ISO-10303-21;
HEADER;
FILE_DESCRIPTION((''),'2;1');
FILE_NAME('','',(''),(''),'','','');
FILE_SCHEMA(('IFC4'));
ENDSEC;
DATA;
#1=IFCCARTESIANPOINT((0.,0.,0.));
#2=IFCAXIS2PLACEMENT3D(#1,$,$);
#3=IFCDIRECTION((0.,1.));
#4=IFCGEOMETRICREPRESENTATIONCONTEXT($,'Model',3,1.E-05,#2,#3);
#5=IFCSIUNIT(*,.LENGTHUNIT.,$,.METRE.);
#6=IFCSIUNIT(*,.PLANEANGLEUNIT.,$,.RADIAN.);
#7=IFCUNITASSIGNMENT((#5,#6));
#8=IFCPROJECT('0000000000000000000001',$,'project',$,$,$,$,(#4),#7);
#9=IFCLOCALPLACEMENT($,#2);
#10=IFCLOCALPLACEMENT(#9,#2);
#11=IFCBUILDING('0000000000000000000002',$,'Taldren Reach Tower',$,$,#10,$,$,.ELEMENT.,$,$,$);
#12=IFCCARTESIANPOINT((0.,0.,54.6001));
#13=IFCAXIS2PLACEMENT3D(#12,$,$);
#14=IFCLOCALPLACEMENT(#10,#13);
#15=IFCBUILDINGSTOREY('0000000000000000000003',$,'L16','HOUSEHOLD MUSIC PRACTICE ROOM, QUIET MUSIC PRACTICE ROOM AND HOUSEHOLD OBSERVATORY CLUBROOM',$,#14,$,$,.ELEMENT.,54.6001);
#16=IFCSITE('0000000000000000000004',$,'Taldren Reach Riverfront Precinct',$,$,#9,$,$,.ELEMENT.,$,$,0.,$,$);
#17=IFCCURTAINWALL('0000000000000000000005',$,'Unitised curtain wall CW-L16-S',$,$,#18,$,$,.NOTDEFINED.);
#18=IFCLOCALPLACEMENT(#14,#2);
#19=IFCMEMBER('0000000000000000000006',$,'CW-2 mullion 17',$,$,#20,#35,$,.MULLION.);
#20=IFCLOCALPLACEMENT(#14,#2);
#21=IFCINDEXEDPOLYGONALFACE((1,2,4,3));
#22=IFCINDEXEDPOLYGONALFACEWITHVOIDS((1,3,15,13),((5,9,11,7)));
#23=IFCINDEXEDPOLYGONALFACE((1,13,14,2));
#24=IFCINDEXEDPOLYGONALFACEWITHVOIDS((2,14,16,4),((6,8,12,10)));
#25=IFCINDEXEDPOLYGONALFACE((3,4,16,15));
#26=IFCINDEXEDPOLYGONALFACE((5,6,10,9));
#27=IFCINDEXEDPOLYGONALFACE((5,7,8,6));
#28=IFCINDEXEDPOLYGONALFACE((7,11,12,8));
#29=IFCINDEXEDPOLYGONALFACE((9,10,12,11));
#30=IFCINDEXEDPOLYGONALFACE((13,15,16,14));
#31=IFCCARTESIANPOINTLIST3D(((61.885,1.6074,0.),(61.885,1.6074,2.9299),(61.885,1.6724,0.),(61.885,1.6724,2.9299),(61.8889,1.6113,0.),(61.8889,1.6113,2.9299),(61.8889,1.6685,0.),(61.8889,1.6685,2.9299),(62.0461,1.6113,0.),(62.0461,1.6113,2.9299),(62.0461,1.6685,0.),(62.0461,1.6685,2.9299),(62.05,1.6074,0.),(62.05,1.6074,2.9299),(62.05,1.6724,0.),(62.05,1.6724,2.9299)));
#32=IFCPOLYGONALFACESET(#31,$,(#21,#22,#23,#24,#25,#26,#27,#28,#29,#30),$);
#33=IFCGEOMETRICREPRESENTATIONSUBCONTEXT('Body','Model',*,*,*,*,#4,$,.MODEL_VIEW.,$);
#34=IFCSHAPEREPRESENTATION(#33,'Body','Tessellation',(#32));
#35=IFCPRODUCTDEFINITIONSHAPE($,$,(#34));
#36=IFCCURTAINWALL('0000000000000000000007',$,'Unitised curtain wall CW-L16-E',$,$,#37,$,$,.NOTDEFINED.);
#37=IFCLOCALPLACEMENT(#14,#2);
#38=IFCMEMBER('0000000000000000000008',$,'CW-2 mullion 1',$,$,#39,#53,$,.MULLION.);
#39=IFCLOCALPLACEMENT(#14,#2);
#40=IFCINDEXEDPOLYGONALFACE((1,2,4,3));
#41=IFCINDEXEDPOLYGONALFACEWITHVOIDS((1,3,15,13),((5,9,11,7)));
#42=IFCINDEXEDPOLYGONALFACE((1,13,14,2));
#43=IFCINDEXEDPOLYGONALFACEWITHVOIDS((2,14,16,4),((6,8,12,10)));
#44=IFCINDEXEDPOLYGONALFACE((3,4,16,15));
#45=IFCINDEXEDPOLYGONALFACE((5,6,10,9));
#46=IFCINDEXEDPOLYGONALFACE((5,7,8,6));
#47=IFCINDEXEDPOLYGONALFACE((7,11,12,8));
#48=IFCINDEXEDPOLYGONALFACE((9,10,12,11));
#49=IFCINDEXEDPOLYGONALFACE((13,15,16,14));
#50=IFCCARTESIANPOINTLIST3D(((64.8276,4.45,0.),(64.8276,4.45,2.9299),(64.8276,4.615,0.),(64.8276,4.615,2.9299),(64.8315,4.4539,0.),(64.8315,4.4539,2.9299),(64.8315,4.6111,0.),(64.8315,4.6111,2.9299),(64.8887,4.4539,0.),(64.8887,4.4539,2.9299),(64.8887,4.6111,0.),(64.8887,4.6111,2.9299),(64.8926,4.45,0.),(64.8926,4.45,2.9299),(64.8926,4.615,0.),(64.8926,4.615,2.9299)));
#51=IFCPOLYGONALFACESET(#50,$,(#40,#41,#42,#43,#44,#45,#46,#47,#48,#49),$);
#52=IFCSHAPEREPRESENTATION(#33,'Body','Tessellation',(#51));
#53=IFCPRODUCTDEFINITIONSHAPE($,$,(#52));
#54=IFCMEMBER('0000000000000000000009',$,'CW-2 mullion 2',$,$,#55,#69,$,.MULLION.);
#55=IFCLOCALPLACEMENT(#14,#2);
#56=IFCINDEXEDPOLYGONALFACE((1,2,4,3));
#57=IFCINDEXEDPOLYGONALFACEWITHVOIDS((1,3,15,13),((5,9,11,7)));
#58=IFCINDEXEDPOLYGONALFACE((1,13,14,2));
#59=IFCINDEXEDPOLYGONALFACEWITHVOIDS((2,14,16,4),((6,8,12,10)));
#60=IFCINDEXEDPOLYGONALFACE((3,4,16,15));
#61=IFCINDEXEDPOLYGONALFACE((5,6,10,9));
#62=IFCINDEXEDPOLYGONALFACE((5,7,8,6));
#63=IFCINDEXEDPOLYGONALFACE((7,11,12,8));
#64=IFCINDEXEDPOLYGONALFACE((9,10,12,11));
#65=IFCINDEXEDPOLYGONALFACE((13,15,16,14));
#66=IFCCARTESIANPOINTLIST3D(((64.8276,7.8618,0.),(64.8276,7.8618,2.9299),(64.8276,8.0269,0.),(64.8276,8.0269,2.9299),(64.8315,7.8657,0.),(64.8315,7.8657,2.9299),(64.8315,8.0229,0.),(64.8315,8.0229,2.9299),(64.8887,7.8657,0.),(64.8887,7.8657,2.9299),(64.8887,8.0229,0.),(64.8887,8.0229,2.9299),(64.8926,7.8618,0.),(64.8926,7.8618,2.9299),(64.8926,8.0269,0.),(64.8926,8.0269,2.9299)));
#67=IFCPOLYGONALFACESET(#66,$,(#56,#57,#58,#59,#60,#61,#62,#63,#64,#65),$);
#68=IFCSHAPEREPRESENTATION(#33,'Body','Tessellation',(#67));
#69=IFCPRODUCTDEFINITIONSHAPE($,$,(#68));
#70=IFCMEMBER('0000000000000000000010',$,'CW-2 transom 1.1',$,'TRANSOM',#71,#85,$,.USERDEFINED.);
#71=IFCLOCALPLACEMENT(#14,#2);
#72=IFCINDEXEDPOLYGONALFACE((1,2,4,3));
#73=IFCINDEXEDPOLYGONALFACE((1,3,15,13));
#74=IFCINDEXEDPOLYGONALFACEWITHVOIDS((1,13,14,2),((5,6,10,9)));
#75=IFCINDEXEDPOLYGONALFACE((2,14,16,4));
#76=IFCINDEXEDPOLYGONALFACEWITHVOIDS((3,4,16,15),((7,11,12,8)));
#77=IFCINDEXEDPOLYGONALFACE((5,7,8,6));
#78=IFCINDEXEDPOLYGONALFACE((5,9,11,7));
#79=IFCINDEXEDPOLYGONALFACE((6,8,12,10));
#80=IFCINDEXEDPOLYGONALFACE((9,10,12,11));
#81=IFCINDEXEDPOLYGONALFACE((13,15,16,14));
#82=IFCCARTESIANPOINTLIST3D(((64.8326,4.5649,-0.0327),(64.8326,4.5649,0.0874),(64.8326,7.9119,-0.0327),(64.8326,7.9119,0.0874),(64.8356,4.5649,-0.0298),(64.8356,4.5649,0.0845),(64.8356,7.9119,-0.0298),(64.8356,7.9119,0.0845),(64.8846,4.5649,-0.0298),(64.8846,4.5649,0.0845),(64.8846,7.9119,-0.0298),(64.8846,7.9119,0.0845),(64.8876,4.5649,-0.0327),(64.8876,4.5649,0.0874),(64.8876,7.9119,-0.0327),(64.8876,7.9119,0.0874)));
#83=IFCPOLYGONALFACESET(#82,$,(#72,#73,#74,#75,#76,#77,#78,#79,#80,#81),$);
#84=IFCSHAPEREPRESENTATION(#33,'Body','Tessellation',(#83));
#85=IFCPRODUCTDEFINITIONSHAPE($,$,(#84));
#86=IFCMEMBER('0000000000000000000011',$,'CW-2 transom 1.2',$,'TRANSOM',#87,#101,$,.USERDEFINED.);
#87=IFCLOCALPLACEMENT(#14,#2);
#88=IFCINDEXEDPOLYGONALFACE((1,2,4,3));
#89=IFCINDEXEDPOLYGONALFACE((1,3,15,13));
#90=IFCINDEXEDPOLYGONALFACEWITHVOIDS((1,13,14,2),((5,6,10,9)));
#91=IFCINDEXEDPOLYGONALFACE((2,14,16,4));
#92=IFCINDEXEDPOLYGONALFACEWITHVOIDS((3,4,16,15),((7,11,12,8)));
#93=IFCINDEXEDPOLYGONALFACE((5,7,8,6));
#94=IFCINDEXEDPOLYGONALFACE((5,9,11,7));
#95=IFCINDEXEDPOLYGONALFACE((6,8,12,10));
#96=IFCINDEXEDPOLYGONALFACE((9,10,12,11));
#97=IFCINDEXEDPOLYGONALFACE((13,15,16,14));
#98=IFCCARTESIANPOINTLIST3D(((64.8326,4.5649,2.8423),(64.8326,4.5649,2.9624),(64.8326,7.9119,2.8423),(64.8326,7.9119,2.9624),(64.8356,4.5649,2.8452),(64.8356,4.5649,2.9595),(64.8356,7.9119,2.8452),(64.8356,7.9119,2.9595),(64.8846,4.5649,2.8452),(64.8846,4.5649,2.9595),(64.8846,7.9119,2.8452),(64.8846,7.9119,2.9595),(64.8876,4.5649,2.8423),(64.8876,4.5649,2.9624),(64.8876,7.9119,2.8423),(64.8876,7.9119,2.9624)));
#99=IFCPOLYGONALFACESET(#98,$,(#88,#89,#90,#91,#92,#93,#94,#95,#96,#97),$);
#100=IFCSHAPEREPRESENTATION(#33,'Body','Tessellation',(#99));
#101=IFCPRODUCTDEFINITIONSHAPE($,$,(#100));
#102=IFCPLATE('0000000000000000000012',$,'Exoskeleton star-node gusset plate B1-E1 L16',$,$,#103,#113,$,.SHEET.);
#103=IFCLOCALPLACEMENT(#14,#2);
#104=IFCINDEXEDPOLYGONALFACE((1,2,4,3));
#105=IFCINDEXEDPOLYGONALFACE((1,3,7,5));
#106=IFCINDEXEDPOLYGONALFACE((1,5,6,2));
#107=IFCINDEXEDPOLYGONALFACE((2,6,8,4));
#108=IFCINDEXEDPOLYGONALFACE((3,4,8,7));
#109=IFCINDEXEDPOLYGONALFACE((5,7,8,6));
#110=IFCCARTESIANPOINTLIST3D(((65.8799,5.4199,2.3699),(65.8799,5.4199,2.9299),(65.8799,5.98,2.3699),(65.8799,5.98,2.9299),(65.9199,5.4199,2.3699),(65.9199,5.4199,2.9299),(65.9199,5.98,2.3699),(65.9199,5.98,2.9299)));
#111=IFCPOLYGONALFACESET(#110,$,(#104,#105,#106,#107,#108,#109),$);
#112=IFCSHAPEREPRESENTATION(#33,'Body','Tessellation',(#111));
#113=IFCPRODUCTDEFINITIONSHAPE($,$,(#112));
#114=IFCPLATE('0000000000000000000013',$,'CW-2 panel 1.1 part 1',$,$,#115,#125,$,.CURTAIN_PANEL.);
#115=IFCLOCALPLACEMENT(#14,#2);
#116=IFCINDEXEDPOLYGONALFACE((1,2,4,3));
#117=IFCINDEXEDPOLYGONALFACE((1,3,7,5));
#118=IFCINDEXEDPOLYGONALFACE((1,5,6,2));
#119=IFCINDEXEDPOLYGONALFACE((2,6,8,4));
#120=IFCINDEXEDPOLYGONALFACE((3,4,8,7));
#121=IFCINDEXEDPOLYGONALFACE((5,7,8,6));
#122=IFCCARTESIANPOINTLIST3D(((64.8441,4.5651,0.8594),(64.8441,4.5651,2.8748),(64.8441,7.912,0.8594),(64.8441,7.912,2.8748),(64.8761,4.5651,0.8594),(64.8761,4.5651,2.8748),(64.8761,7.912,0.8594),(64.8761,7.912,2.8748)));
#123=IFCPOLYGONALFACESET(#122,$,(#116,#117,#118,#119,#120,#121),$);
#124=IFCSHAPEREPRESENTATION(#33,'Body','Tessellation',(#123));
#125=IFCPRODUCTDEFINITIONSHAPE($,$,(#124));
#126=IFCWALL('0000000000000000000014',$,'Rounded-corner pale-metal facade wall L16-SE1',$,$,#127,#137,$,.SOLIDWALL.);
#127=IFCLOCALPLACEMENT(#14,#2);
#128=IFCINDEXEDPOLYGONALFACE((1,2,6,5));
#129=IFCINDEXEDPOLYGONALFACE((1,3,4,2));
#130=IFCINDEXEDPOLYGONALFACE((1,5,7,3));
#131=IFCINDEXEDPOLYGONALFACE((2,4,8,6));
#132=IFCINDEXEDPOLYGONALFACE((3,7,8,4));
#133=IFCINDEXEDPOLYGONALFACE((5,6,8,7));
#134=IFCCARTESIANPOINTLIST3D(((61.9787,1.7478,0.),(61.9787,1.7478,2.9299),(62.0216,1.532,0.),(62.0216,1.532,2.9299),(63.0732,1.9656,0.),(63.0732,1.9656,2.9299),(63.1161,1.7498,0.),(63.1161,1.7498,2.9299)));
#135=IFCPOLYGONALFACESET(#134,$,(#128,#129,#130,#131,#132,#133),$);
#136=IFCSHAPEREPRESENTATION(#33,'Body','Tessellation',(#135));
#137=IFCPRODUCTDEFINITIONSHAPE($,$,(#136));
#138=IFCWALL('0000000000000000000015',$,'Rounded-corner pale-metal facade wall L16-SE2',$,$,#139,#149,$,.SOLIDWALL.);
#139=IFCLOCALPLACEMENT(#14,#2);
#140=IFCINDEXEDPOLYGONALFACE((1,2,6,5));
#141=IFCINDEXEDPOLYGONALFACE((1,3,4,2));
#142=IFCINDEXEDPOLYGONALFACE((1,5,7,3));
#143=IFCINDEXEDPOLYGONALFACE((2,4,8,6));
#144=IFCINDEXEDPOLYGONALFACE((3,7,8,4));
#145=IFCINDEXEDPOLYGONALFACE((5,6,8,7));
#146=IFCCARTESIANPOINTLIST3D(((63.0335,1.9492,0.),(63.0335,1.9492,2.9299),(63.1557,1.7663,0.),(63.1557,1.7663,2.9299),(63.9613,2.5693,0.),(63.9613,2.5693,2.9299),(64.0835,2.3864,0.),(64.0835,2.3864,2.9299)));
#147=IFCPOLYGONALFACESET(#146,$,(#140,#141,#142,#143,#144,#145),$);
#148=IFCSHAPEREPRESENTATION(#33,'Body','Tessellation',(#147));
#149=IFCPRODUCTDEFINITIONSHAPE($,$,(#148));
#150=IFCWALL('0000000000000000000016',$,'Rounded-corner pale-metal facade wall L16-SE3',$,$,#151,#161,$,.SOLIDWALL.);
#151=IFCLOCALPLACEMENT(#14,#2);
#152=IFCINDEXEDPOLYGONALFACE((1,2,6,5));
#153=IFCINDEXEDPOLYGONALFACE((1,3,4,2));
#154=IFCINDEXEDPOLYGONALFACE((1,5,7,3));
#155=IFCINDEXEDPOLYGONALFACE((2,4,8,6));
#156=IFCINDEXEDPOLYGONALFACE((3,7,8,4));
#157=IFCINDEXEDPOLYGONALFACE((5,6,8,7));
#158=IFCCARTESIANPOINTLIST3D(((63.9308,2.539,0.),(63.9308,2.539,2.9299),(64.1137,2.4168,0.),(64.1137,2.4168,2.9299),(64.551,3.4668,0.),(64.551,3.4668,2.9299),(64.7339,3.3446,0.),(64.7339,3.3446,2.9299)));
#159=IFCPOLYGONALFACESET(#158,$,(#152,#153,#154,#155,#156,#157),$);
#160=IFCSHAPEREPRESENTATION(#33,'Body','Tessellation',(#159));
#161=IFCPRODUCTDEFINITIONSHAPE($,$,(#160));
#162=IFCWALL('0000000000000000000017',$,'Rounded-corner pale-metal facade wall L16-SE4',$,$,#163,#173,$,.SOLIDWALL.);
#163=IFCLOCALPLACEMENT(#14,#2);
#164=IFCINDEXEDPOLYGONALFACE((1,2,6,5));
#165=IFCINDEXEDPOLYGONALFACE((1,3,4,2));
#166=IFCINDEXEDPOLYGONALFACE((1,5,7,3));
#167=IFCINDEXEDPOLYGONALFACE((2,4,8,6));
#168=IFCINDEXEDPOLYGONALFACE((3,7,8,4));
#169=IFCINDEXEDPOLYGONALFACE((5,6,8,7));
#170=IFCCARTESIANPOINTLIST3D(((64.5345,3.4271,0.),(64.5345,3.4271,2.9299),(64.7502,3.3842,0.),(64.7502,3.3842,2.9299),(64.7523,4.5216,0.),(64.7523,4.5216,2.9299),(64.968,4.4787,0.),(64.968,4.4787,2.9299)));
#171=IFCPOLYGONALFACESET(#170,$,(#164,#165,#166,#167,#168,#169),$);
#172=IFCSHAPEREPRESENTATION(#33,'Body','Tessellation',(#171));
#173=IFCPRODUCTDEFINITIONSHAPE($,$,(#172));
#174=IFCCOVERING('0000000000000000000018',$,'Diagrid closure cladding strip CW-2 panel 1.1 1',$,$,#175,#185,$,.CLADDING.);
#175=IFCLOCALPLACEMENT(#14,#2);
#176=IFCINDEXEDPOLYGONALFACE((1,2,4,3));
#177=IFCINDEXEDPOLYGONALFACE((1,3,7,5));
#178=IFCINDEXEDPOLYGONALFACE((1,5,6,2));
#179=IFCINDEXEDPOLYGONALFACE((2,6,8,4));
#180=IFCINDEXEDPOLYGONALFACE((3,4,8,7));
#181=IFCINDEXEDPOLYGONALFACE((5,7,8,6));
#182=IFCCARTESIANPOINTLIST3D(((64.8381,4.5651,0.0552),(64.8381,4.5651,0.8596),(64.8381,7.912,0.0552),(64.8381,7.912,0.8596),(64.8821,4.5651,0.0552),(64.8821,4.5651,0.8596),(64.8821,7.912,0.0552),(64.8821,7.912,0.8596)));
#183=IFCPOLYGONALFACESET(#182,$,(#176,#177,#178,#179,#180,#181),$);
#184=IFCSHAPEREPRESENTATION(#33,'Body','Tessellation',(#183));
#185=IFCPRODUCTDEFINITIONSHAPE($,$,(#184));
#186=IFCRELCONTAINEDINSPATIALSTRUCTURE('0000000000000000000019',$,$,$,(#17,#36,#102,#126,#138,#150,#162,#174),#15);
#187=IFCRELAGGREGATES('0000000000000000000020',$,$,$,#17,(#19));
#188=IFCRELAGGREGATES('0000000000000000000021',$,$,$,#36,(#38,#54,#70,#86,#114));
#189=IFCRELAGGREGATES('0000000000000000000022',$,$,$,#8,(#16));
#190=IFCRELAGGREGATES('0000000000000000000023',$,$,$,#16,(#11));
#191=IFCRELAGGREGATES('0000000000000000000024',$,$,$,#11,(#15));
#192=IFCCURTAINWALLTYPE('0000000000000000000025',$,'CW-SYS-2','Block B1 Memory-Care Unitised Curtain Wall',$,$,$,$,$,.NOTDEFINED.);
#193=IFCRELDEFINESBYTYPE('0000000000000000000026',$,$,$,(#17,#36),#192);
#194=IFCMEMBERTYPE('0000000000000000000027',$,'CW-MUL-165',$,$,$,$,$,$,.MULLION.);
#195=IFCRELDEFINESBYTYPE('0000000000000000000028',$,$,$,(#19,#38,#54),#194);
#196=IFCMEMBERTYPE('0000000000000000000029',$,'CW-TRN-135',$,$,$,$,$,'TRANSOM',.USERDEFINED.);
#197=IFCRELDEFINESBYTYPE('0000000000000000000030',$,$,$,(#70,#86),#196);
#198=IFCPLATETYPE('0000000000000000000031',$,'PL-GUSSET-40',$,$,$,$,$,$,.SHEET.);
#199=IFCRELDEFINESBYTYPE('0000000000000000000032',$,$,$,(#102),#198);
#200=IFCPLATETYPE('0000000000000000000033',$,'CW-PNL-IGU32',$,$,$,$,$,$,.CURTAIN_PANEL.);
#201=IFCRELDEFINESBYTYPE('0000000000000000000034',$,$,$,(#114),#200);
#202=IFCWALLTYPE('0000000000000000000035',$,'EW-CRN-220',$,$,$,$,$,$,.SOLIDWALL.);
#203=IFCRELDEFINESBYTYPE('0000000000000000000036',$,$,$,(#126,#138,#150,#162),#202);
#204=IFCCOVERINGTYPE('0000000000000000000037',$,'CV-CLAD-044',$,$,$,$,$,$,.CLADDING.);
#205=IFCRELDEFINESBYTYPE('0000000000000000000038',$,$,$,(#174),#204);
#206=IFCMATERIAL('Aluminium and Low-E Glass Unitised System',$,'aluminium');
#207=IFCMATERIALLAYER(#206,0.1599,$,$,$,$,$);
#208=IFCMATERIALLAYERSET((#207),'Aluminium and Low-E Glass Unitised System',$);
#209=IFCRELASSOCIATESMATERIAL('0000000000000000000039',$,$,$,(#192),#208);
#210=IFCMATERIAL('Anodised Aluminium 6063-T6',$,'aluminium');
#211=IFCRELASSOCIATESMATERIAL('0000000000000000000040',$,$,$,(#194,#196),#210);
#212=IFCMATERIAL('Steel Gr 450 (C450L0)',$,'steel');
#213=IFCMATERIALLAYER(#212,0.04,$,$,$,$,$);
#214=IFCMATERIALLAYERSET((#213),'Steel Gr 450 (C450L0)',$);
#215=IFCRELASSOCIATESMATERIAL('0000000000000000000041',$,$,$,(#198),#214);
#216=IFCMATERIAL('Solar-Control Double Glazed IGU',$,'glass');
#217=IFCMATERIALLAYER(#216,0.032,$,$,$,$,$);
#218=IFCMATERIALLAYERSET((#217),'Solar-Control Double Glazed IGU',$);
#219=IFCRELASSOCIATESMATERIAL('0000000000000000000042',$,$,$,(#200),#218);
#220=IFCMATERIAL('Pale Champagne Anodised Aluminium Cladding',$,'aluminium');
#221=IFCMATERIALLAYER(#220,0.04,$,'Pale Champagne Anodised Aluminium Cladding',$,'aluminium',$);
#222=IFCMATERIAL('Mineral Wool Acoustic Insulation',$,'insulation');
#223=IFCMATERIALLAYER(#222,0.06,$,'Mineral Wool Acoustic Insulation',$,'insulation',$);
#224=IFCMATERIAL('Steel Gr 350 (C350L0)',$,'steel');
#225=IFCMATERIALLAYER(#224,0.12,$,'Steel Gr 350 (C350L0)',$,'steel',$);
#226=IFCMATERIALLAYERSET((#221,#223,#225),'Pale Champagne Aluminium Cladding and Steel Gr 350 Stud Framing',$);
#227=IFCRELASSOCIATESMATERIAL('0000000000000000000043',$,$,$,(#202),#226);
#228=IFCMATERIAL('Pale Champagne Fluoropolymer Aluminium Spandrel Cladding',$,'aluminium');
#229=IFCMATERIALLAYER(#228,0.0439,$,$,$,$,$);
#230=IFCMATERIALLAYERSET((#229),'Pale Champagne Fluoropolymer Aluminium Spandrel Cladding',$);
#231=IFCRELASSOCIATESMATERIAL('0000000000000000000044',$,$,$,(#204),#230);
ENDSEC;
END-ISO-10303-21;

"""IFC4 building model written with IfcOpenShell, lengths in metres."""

from ifc_helpers import new_model, si_unit, direction, frame, frame_2d, origin, origin_2d, place, context, subcontext, project, spatial, rectangle, hollow_rectangle, extrude, source, transform, mapped, material, layer, layer_set, material_profile, profile_set, type_object, element, aggregate, save


model = new_model("IFC4")

# Units and contexts
model_context = context("Model", 3, precision=1e-05, world=origin(), true_north=direction((0.0, 1.0)))
body_context = subcontext(model_context, "Body", "Model", "MODEL_VIEW")
ifc_project = project(units=[si_unit("LENGTHUNIT", "METRE"), si_unit("PLANEANGLEUNIT", "RADIAN")], contexts=[model_context])

# Site, building, storey
site_placement = place(None, origin())
site = spatial("IfcSite", under=ifc_project, at=site_placement, Name="Taldren Reach Riverfront Precinct", CompositionType="ELEMENT", RefElevation=0.0)
building_placement = place(site_placement, origin())
building = spatial("IfcBuilding", under=site, at=building_placement, Name="Taldren Reach Tower", CompositionType="ELEMENT")
storey_placement = place(building_placement, frame((0.0, 0.0, 54.6001)))
storey = spatial("IfcBuildingStorey", under=building, at=storey_placement, Name="L16", Description="HOUSEHOLD MUSIC PRACTICE ROOM, QUIET MUSIC PRACTICE ROOM AND HOUSEHOLD OBSERVATORY CLUBROOM", CompositionType="ELEMENT", Elevation=54.6001)

# Shared definitions
ifc_material_1 = material(Name="Steel Gr 450 (C450L0)", Category="steel")
ifc_material_2 = material(Name="Steel Gr 350 (C350L0)", Category="steel")

# Curtain wall, member
ifc_material_3 = material(Name="Aluminium and Low-E Glass Unitised System", Category="aluminium")
ifc_layer_1 = layer(ifc_material_3, 0.1599)
ifc_layer_set_1 = layer_set([ifc_layer_1], Name="Aluminium and Low-E Glass Unitised System")
curtain_wall_type = type_object("IfcCurtainWallType", Name="CW-SYS-2", Description="Block B1 Memory-Care Unitised Curtain Wall", PredefinedType="NOTDEFINED", material=ifc_layer_set_1)
curtain_wall_1_placement = place(storey_placement, origin())
curtain_wall_1 = element("IfcCurtainWall", 1, at=curtain_wall_1_placement, inside=storey, type_object=curtain_wall_type, Name="Unitised curtain wall CW-L16-S", PredefinedType="NOTDEFINED")
ifc_material_4 = material(Name="Anodised Aluminium 6063-T6", Category="aluminium")
ifc_material_profile_1 = material_profile(ifc_material_4, hollow_rectangle(XDim=0.0649, YDim=0.165, WallThickness=0.0039, at=origin_2d()), Name="ALU-165x65x4RHS")
ifc_profile_set_1 = profile_set([ifc_material_profile_1], Name="Anodised Aluminium 6063-T6")
member_type_1 = type_object("IfcMemberType", Name="CW-MUL-165", PredefinedType="MULLION", material=ifc_profile_set_1)
shared_shape_1 = source(origin(), body_context, "Body", "SweptSolid", [
    extrude(hollow_rectangle(XDim=0.0649, YDim=0.165, WallThickness=0.0039, at=origin_2d()), origin(), (0.0, 0.0, 1.0), 2.9299),
])
member_1_placement = place(storey_placement, frame((61.9675, 1.6399, 0.0), z_axis=(0.0, 0.0, 1.0), x_axis=(0.0, 1.0, 0.0)))
member_1 = element("IfcMember", 2, at=member_1_placement, type_object=member_type_1, Name="CW-2 mullion 17", PredefinedType="MULLION", context=body_context, shape_type="MappedRepresentation", body=[
    mapped(shared_shape_1, transform((0.0, 0.0, 0.0), scale=1.0)),
])
aggregate(curtain_wall_1, [member_1])

# Curtain wall, members
curtain_wall_2_placement = place(storey_placement, origin())
curtain_wall_2 = element("IfcCurtainWall", 3, at=curtain_wall_2_placement, inside=storey, type_object=curtain_wall_type, Name="Unitised curtain wall CW-L16-E", PredefinedType="NOTDEFINED")
member_2_placement = place(storey_placement, frame((64.8601, 4.5325, 0.0), z_axis=(0.0, 0.0, 1.0), x_axis=(-1.0, 0.0, 0.0)))
member_2 = element("IfcMember", 4, at=member_2_placement, type_object=member_type_1, Name="CW-2 mullion 1", PredefinedType="MULLION", context=body_context, shape_type="MappedRepresentation", body=[
    mapped(shared_shape_1, transform((0.0, 0.0, 0.0), scale=1.0)),
])
member_3_placement = place(storey_placement, frame((64.8601, 7.9443, 0.0), z_axis=(0.0, 0.0, 1.0), x_axis=(-1.0, 0.0, 0.0)))
member_3 = element("IfcMember", 5, at=member_3_placement, type_object=member_type_1, Name="CW-2 mullion 2", PredefinedType="MULLION", context=body_context, shape_type="MappedRepresentation", body=[
    mapped(shared_shape_1, transform((0.0, 0.0, 0.0), scale=1.0)),
])
ifc_material_profile_2 = material_profile(ifc_material_4, hollow_rectangle(XDim=0.0549, YDim=0.1201, WallThickness=0.0029, at=origin_2d()), Name="ALU-120x55x3RHS")
ifc_profile_set_2 = profile_set([ifc_material_profile_2], Name="Anodised Aluminium 6063-T6")
member_type_2 = type_object("IfcMemberType", Name="CW-TRN-135", ElementType="TRANSOM", PredefinedType="USERDEFINED", material=ifc_profile_set_2)
shared_shape_2 = source(origin(), body_context, "Body", "SweptSolid", [
    extrude(hollow_rectangle(XDim=0.0549, YDim=0.1201, WallThickness=0.0029, at=origin_2d()), origin(), (0.0, 0.0, 1.0), 3.3469),
])
member_4_placement = place(storey_placement, frame((64.8601, 4.5649, 0.0273), z_axis=(0.0, 1.0, 0.0), x_axis=(-1.0, 0.0, 0.0)))
member_4 = element("IfcMember", 6, at=member_4_placement, type_object=member_type_2, Name="CW-2 transom 1.1", ObjectType="TRANSOM", PredefinedType="USERDEFINED", context=body_context, shape_type="MappedRepresentation", body=[
    mapped(shared_shape_2, transform((0.0, 0.0, 0.0), scale=1.0)),
])
member_5_placement = place(storey_placement, frame((64.8601, 4.5649, 2.9023), z_axis=(0.0, 1.0, 0.0), x_axis=(-1.0, 0.0, 0.0)))
member_5 = element("IfcMember", 7, at=member_5_placement, type_object=member_type_2, Name="CW-2 transom 1.2", ObjectType="TRANSOM", PredefinedType="USERDEFINED", context=body_context, shape_type="MappedRepresentation", body=[
    mapped(shared_shape_2, transform((0.0, 0.0, 0.0), scale=1.0)),
])

# Plates
ifc_layer_2 = layer(ifc_material_1, 0.04)
ifc_layer_set_2 = layer_set([ifc_layer_2], Name="Steel Gr 450 (C450L0)")
plate_type_1 = type_object("IfcPlateType", Name="PL-GUSSET-40", PredefinedType="SHEET", material=ifc_layer_set_2)
shared_shape_3 = source(origin(), body_context, "Body", "SweptSolid", [
    extrude(rectangle(XDim=0.5601, YDim=0.04, at=origin_2d()), origin(), (0.0, 0.0, 1.0), 0.5601),
])
plate_1_placement = place(storey_placement, frame((65.8999, 5.7, 2.3699), z_axis=(0.0, 0.0, 1.0), x_axis=(0.0, 1.0, 0.0)))
element("IfcPlate", 8, at=plate_1_placement, inside=storey, type_object=plate_type_1, Name="Exoskeleton star-node gusset plate B1-E1 L16", PredefinedType="SHEET", context=body_context, shape_type="MappedRepresentation", body=[
    mapped(shared_shape_3, transform((0.0, 0.0, 0.0), scale=1.0)),
])
ifc_material_5 = material(Name="Solar-Control Double Glazed IGU", Category="glass")
ifc_layer_3 = layer(ifc_material_5, 0.032)
ifc_layer_set_3 = layer_set([ifc_layer_3], Name="Solar-Control Double Glazed IGU")
plate_type_2 = type_object("IfcPlateType", Name="CW-PNL-IGU32", PredefinedType="CURTAIN_PANEL", material=ifc_layer_set_3)
shared_shape_4 = source(origin(), body_context, "Body", "SweptSolid", [
    extrude(rectangle(XDim=3.3469, YDim=0.032, at=origin_2d()), origin(), (0.0, 0.0, 1.0), 2.0154),
])
plate_2_placement = place(storey_placement, frame((64.8601, 6.2385, 0.8594), z_axis=(0.0, 0.0, 1.0), x_axis=(0.0, 1.0, 0.0)))
plate_2 = element("IfcPlate", 9, at=plate_2_placement, type_object=plate_type_2, Name="CW-2 panel 1.1 part 1", PredefinedType="CURTAIN_PANEL", context=body_context, shape_type="MappedRepresentation", body=[
    mapped(shared_shape_4, transform((0.0, 0.0, 0.0), scale=1.0)),
])
aggregate(curtain_wall_2, [member_2, member_3, member_4, member_5, plate_2])

# Walls
ifc_material_6 = material(Name="Pale Champagne Anodised Aluminium Cladding", Category="aluminium")
ifc_layer_4 = layer(ifc_material_6, 0.04, Name="Pale Champagne Anodised Aluminium Cladding", Category="aluminium")
ifc_material_7 = material(Name="Mineral Wool Acoustic Insulation", Category="insulation")
ifc_layer_5 = layer(ifc_material_7, 0.06, Name="Mineral Wool Acoustic Insulation", Category="insulation")
ifc_layer_6 = layer(ifc_material_2, 0.12, Name="Steel Gr 350 (C350L0)", Category="steel")
ifc_layer_set_4 = layer_set([ifc_layer_4, ifc_layer_5, ifc_layer_6], Name="Pale Champagne Aluminium Cladding and Steel Gr 350 Stud Framing")
wall_type = type_object("IfcWallType", Name="EW-CRN-220", PredefinedType="SOLIDWALL", material=ifc_layer_set_4)
shared_shape_5 = source(origin(), body_context, "Body", "SweptSolid", [
    extrude(rectangle(XDim=1.116, YDim=0.22, at=frame_2d((0.5581, 0.0))), origin(), (0.0, 0.0, 1.0), 2.9299),
])
for number, where, z_axis, x_axis, name in (
    (10, (62.0, 1.6399, 0.0), (0.0, 0.0, 1.0), (0.980774, 0.195148, 0.0), "Rounded-corner pale-metal facade wall L16-SE1"),
    (11, (63.0945, 1.8577, 0.0), (0.0, 0.0, 1.0), (0.831377, 0.55571, 0.0), "Rounded-corner pale-metal facade wall L16-SE2"),
    (12, (64.0222, 2.4778, 0.0), (0.0, 0.0, 1.0), (0.55571, 0.831377, 0.0), "Rounded-corner pale-metal facade wall L16-SE3"),
    (13, (64.6423, 3.4055, 0.0), (0.0, 0.0, 1.0), (0.195148, 0.980774, 0.0), "Rounded-corner pale-metal facade wall L16-SE4"),
):
    element("IfcWall", number, at=place(storey_placement, frame(where, z_axis=z_axis, x_axis=x_axis)), inside=storey, type_object=wall_type, Name=name, PredefinedType="SOLIDWALL", context=body_context, shape_type="MappedRepresentation", body=[
        mapped(shared_shape_5, transform((0.0, 0.0, 0.0), scale=1.0)),
    ])

# Covering
ifc_material_8 = material(Name="Pale Champagne Fluoropolymer Aluminium Spandrel Cladding", Category="aluminium")
ifc_layer_7 = layer(ifc_material_8, 0.0439)
ifc_layer_set_5 = layer_set([ifc_layer_7], Name="Pale Champagne Fluoropolymer Aluminium Spandrel Cladding")
covering_type = type_object("IfcCoveringType", Name="CV-CLAD-044", PredefinedType="CLADDING", material=ifc_layer_set_5)
shared_shape_6 = source(origin(), body_context, "Body", "SweptSolid", [
    extrude(rectangle(XDim=3.3469, YDim=0.0439, at=origin_2d()), origin(), (0.0, 0.0, 1.0), 0.8044),
])
covering_placement = place(storey_placement, frame((64.8601, 6.2385, 0.0552), z_axis=(0.0, 0.0, 1.0), x_axis=(0.0, 1.0, 0.0)))
element("IfcCovering", 14, at=covering_placement, inside=storey, type_object=covering_type, Name="Diagrid closure cladding strip CW-2 panel 1.1 1", PredefinedType="CLADDING", context=body_context, shape_type="MappedRepresentation", body=[
    mapped(shared_shape_6, transform((0.0, 0.0, 0.0), scale=1.0)),
])

save(model, "model.ifc")
